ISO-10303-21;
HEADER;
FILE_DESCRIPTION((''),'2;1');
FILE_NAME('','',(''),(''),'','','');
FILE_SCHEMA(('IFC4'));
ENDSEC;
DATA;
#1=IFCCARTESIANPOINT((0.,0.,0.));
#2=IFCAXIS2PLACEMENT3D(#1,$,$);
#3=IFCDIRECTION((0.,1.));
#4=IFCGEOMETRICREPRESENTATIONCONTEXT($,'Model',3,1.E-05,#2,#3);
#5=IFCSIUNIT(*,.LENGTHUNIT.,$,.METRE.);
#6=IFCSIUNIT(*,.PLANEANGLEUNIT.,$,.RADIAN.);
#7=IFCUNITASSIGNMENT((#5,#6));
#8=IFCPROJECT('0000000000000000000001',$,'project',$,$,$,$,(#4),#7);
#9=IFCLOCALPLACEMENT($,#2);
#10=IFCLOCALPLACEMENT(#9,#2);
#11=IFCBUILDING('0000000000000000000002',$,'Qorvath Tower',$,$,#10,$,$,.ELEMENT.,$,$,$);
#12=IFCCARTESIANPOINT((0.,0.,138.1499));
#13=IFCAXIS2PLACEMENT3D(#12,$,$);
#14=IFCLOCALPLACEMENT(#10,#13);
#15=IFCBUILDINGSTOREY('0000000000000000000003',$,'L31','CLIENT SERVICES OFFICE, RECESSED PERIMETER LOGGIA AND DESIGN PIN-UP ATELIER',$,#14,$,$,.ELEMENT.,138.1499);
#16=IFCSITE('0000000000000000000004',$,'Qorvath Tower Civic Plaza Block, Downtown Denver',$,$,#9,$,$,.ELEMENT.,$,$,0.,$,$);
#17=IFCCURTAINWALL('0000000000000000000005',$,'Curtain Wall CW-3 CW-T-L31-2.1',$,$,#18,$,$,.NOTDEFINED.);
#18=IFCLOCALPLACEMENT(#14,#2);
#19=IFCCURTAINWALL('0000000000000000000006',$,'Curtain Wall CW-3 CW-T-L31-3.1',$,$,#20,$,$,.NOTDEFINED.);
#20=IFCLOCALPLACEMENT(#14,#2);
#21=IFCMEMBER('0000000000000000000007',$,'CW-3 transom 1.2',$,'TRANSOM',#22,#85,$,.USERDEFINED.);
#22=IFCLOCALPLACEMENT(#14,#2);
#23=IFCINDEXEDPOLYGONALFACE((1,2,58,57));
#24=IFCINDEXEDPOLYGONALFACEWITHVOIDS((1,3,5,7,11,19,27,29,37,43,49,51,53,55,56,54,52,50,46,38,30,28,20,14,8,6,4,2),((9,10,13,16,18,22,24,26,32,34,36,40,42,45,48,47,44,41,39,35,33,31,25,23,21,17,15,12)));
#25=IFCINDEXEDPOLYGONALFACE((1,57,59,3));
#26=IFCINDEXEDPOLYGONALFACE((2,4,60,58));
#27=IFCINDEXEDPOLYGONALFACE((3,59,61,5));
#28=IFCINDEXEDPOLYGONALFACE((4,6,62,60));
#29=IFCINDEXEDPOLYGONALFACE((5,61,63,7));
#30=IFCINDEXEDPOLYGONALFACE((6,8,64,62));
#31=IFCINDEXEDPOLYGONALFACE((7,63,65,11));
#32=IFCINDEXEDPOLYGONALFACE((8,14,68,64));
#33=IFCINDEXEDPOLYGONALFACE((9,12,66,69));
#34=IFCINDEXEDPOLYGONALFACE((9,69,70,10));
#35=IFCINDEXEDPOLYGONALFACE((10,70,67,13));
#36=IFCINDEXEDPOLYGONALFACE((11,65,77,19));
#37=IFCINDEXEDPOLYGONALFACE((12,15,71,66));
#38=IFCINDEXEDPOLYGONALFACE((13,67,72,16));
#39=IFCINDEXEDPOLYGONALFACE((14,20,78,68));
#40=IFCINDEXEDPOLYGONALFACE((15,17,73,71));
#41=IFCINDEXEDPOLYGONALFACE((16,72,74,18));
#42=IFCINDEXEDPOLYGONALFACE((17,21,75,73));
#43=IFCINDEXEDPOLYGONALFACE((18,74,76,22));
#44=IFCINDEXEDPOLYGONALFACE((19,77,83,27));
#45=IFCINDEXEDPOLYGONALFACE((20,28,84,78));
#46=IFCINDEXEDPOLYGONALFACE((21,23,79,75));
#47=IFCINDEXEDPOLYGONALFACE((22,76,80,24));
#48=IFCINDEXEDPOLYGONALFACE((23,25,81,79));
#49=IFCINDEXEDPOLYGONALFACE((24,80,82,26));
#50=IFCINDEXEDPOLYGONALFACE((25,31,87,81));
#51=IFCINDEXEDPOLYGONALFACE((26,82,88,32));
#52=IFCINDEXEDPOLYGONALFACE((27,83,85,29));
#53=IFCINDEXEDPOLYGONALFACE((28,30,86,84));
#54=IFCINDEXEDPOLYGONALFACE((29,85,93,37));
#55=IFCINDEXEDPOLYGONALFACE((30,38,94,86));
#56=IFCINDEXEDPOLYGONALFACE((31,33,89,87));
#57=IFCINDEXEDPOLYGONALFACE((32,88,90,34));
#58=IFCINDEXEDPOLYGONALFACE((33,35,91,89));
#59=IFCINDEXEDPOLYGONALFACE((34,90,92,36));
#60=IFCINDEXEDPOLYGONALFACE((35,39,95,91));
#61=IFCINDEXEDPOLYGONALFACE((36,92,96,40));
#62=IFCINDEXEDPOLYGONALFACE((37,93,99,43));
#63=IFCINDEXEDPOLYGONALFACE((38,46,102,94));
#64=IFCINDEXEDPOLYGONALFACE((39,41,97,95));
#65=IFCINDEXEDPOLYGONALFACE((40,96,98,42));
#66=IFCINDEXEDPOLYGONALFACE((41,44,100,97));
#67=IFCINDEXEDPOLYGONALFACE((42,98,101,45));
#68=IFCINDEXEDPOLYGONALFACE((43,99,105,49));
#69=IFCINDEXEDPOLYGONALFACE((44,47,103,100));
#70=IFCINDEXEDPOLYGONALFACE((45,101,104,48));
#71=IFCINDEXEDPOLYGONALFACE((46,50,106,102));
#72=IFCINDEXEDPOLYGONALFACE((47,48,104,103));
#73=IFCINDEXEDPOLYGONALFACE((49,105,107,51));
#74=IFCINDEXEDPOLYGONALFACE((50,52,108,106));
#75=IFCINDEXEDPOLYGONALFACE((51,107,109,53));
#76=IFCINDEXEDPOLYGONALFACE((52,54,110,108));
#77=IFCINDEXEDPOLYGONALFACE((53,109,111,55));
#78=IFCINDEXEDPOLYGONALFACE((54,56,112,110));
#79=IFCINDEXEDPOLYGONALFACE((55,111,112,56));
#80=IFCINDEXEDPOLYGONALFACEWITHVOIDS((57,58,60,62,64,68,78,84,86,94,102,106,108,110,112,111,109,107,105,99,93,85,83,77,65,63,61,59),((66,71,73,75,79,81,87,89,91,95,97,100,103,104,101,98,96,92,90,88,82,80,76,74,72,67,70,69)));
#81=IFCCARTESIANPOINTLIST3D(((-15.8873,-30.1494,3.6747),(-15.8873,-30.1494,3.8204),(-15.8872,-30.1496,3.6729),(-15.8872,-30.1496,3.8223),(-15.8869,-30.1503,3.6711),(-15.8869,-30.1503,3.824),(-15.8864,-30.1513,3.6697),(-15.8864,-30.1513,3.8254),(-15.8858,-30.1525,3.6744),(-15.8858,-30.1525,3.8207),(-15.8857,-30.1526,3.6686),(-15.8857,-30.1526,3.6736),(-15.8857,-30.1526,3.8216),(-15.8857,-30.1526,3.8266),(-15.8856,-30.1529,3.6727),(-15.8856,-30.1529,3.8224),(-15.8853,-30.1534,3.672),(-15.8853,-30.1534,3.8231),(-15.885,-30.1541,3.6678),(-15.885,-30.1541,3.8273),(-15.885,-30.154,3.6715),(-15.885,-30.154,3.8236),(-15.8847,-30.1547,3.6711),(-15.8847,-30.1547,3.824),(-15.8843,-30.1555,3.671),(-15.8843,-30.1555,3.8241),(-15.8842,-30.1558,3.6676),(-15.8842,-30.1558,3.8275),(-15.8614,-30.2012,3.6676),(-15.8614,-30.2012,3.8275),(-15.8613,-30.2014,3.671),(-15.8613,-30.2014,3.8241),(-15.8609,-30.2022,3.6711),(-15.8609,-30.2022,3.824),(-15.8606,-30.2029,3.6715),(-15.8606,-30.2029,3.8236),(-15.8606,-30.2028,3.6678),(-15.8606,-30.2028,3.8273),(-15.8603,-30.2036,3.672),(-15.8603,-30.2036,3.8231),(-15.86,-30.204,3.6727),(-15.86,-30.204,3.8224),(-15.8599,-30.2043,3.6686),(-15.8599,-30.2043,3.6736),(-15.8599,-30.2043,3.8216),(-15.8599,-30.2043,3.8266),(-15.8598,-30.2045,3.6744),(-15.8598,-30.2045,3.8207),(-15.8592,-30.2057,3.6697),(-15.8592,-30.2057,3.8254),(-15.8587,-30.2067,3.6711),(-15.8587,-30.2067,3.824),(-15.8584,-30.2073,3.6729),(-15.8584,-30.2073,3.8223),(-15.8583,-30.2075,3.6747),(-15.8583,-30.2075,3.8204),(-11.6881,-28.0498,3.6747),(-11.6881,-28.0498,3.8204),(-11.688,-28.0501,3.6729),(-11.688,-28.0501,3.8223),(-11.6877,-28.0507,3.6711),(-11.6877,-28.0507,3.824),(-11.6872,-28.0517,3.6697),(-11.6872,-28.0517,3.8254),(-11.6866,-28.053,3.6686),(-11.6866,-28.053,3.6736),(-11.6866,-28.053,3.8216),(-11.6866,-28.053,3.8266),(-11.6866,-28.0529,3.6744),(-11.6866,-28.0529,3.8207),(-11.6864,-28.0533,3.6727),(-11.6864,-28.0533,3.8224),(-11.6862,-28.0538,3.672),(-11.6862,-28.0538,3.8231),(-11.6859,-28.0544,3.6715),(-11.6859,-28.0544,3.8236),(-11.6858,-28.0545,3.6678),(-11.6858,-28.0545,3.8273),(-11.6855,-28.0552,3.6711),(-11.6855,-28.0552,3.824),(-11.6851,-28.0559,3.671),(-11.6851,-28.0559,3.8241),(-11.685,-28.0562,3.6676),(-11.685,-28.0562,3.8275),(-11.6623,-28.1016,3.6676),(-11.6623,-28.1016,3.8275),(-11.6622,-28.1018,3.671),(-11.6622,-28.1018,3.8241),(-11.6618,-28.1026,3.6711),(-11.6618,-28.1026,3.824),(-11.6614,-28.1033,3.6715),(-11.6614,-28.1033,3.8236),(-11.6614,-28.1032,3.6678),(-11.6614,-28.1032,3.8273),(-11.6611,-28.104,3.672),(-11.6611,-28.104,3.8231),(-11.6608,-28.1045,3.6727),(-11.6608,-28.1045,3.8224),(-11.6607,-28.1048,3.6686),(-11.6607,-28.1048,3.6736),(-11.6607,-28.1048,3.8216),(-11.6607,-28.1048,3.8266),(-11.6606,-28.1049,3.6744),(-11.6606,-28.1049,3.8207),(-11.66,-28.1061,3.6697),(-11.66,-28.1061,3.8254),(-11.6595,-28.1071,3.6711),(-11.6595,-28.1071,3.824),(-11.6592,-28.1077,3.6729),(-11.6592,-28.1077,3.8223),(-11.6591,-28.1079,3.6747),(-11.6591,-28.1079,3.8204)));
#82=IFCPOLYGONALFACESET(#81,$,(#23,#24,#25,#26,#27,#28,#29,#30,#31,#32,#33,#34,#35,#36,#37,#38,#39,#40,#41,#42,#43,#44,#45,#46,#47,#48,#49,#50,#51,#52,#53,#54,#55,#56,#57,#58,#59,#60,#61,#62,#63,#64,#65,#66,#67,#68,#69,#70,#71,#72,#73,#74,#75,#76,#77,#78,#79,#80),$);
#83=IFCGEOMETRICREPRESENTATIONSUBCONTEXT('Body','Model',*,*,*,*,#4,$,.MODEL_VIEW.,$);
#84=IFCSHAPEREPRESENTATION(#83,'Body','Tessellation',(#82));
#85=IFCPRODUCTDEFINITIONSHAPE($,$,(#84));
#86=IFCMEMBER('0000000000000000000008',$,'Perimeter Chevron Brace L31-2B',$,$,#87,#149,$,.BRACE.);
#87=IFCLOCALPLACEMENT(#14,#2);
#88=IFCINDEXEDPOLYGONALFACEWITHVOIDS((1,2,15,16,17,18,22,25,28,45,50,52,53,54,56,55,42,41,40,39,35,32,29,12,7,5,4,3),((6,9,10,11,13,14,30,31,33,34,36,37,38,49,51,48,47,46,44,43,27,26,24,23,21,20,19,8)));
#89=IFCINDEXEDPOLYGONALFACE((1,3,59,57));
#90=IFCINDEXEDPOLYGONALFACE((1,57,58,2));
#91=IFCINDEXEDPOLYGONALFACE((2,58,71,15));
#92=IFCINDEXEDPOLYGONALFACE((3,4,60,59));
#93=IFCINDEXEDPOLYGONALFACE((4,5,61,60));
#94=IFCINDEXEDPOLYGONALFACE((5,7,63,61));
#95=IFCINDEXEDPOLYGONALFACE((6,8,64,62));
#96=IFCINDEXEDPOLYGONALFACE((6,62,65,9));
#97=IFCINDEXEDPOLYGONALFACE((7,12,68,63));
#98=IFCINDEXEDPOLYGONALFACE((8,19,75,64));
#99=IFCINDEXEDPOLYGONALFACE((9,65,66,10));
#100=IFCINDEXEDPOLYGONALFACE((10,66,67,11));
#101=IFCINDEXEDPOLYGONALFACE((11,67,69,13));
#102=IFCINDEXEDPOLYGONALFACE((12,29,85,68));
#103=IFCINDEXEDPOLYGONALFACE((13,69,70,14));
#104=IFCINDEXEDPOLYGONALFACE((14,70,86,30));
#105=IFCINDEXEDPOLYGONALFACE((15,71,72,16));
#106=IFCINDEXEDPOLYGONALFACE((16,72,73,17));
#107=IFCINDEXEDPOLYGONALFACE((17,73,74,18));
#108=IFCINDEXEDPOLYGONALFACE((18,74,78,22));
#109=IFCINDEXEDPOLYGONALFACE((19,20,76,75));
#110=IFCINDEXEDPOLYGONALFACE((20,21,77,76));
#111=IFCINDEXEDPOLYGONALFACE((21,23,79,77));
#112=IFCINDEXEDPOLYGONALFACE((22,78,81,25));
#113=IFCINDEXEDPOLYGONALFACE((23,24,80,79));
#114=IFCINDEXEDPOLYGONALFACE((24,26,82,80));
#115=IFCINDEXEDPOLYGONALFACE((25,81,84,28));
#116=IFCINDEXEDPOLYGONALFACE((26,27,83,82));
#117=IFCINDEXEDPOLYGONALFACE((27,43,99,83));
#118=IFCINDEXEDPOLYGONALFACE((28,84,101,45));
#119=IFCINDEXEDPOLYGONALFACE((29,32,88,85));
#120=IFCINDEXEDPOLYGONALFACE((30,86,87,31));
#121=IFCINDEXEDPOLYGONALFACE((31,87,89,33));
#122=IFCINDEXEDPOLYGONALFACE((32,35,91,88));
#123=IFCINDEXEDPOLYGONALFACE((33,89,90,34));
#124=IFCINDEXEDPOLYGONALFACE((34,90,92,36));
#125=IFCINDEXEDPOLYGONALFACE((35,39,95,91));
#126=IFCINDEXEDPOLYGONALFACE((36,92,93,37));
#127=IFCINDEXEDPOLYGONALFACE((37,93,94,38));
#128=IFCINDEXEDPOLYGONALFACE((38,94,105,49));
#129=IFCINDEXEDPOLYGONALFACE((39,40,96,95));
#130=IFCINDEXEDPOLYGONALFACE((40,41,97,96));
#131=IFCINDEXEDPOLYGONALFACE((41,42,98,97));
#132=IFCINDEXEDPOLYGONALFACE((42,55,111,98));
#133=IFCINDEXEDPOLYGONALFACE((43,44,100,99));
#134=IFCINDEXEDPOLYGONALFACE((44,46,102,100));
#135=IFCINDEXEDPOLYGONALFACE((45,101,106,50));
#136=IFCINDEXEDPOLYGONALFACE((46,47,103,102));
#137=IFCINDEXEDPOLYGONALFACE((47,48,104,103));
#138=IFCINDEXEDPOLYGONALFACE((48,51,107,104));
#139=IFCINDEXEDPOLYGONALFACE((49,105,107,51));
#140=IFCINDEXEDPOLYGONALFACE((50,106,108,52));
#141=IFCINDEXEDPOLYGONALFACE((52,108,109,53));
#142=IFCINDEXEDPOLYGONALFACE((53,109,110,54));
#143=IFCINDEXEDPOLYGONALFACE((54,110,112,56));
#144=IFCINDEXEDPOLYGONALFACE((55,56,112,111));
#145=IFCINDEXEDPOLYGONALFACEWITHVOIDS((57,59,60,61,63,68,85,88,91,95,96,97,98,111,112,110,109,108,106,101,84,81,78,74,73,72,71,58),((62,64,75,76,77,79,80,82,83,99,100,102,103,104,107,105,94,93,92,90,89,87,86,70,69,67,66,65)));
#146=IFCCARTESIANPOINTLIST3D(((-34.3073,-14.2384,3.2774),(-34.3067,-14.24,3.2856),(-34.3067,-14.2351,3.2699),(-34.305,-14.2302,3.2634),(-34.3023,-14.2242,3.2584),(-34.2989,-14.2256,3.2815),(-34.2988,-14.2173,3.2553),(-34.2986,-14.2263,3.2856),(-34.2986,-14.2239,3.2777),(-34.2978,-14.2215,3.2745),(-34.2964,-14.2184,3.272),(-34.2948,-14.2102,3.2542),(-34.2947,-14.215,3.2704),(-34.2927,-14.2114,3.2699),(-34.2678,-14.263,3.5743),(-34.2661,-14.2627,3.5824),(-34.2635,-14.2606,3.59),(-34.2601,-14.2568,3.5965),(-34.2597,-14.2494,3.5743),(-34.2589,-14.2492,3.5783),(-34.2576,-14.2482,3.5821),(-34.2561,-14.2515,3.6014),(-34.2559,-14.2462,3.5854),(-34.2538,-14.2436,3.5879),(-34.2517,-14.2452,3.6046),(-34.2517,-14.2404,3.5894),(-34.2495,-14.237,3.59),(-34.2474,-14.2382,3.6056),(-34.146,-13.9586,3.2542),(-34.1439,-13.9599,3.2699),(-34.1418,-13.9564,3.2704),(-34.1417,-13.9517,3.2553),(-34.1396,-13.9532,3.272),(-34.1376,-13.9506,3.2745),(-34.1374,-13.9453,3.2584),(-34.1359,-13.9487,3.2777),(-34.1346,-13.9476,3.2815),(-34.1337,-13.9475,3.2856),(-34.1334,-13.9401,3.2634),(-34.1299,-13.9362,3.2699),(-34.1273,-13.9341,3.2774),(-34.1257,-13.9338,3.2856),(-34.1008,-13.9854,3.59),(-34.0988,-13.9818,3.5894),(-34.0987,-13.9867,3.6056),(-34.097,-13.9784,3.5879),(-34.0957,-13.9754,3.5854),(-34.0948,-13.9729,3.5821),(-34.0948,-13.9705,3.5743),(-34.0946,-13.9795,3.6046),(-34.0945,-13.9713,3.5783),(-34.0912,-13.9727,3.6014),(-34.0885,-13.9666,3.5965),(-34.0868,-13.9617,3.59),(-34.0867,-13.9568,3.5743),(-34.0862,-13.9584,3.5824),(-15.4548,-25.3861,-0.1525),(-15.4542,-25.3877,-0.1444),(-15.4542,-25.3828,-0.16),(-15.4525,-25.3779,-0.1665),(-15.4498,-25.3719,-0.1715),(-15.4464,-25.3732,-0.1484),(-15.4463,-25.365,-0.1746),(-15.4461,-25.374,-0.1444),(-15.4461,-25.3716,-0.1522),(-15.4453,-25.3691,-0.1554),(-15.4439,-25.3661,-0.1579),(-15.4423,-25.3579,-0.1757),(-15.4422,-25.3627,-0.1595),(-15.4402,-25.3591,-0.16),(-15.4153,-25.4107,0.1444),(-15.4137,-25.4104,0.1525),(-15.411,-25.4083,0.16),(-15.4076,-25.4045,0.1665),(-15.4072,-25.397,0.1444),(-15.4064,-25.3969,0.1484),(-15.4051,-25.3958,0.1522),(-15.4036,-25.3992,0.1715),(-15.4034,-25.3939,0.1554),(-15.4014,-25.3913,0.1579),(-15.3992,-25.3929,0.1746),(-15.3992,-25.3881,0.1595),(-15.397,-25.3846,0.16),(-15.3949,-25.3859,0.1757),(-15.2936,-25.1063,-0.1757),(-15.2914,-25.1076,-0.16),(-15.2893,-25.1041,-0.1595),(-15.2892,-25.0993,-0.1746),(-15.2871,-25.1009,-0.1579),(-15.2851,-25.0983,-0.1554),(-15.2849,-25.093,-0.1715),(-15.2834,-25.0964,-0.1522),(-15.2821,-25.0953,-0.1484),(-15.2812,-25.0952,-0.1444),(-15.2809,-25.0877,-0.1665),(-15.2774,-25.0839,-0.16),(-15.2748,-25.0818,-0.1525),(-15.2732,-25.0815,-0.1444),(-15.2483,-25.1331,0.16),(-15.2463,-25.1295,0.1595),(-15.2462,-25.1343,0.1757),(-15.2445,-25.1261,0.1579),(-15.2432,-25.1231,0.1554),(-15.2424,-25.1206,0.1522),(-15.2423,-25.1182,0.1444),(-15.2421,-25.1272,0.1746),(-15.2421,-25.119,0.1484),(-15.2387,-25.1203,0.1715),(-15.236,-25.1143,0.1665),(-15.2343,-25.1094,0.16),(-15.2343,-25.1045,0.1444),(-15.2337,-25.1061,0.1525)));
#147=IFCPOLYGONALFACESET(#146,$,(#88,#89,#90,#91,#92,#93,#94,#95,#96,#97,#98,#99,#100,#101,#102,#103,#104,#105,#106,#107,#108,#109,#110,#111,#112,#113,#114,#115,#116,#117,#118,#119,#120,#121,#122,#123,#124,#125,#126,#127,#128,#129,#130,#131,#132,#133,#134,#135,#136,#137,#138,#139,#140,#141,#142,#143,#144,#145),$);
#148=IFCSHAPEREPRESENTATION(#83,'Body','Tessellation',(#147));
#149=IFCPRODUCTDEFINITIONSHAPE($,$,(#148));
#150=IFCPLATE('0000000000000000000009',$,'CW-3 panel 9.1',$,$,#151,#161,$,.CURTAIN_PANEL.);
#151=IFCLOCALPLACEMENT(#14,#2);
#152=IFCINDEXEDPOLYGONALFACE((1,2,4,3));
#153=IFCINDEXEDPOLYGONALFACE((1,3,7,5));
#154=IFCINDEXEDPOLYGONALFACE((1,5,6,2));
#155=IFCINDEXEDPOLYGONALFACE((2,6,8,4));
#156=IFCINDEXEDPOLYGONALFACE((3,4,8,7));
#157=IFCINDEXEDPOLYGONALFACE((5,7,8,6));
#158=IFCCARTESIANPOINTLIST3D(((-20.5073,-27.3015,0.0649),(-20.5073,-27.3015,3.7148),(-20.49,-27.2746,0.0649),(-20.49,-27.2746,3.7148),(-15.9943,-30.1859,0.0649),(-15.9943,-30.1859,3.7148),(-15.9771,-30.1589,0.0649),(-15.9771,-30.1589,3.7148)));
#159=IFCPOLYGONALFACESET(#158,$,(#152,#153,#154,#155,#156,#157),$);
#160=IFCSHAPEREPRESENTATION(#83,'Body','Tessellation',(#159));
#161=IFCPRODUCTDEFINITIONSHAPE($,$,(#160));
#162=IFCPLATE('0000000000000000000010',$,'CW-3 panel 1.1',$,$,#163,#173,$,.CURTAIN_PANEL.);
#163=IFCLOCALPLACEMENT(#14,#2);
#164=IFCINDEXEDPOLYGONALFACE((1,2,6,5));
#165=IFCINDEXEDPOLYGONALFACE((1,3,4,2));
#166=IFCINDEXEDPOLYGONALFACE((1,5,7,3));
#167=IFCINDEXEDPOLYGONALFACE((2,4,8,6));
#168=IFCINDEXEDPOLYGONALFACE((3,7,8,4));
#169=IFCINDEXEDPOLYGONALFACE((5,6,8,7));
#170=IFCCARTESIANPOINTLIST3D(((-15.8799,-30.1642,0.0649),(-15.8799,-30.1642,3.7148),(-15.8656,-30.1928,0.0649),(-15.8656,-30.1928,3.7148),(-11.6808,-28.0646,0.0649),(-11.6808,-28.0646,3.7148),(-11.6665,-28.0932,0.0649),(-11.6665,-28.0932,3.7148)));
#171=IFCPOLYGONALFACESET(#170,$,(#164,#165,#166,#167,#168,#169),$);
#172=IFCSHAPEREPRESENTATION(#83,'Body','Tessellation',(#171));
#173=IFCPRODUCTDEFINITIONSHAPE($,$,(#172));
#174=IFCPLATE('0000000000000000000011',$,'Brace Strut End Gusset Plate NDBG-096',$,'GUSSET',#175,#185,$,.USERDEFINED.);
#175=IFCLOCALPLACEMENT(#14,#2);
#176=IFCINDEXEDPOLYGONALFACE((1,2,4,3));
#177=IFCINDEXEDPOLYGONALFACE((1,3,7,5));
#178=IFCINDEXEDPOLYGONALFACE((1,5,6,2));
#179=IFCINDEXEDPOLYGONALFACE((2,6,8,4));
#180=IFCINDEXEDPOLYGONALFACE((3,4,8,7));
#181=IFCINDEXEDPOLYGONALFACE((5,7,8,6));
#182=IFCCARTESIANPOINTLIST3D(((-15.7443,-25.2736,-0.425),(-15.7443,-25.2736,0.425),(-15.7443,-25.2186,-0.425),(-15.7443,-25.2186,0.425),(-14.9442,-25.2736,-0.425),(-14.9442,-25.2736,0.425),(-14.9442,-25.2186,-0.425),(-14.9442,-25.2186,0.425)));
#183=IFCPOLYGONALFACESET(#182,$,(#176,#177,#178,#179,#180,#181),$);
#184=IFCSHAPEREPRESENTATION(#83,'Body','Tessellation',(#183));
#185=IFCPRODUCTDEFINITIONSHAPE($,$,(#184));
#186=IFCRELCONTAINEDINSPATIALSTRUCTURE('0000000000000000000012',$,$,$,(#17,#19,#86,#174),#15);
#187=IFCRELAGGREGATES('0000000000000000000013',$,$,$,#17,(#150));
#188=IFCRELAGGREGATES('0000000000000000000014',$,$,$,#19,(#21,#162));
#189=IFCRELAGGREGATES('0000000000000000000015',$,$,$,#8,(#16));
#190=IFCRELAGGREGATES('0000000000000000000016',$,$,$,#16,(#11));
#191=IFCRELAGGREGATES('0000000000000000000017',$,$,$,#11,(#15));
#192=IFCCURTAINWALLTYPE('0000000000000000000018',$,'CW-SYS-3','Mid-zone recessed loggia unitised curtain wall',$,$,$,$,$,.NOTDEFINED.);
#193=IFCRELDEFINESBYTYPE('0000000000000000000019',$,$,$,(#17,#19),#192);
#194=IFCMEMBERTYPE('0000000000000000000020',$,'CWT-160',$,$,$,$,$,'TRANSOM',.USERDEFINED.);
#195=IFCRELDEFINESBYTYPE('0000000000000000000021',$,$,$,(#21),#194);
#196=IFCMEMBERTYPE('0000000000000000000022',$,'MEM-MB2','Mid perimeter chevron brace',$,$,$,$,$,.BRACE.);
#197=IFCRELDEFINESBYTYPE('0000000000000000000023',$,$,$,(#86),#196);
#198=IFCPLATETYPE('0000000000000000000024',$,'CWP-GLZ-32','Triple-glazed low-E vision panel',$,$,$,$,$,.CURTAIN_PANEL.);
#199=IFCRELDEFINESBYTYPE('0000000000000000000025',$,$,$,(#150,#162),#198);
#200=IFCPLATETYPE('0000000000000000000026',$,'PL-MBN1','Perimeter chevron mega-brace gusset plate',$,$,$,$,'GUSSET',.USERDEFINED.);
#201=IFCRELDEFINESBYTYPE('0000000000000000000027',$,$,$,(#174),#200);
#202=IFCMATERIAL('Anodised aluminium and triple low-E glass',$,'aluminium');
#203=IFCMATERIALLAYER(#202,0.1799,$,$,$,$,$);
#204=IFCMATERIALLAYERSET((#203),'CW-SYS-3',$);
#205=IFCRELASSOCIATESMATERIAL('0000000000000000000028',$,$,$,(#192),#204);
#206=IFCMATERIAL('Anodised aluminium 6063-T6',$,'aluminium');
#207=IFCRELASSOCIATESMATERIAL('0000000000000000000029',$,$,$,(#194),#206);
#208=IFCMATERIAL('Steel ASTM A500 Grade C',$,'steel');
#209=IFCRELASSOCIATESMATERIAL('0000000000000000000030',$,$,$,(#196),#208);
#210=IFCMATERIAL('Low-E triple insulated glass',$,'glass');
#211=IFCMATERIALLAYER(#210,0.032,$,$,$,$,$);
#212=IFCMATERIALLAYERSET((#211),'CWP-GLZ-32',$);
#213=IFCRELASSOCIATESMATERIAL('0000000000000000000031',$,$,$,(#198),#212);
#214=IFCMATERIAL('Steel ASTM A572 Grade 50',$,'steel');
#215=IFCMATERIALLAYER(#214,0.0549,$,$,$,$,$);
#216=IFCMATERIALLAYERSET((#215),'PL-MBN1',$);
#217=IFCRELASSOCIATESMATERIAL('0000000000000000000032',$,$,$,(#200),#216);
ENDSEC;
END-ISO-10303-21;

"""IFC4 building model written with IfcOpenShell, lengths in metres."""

from ifc_helpers import new_model, si_unit, direction, frame, origin, origin_2d, place, context, subcontext, project, spatial, rectangle, hollow_rectangle, extrude, material, layer, layer_set, material_profile, profile_set, type_object, element, aggregate, save


model = new_model("IFC4")

# Units and contexts
model_context = context("Model", 3, precision=1e-05, world=origin(), true_north=direction((0.0, 1.0)))
body_context = subcontext(model_context, "Body", "Model", "MODEL_VIEW")
ifc_project = project(units=[si_unit("LENGTHUNIT", "METRE"), si_unit("PLANEANGLEUNIT", "RADIAN")], contexts=[model_context])

# Site, building, storey
site_placement = place(None, origin())
site = spatial("IfcSite", under=ifc_project, at=site_placement, Name="Qorvath Tower Civic Plaza Block, Downtown Denver", CompositionType="ELEMENT", RefElevation=0.0)
building_placement = place(site_placement, origin())
building = spatial("IfcBuilding", under=site, at=building_placement, Name="Qorvath Tower", CompositionType="ELEMENT")
storey_placement = place(building_placement, frame((0.0, 0.0, 138.1499)))
storey = spatial("IfcBuildingStorey", under=building, at=storey_placement, Name="L31", Description="CLIENT SERVICES OFFICE, RECESSED PERIMETER LOGGIA AND DESIGN PIN-UP ATELIER", CompositionType="ELEMENT", Elevation=138.1499)

# Curtain wall
ifc_material_1 = material(Name="Anodised aluminium and triple low-E glass", Category="aluminium")
ifc_layer_1 = layer(ifc_material_1, 0.1799)
ifc_layer_set_1 = layer_set([ifc_layer_1], Name="CW-SYS-3")
curtain_wall_type = type_object("IfcCurtainWallType", Name="CW-SYS-3", Description="Mid-zone recessed loggia unitised curtain wall", PredefinedType="NOTDEFINED", material=ifc_layer_set_1)
curtain_wall_1_placement = place(storey_placement, origin())
curtain_wall_1 = element("IfcCurtainWall", 1, at=curtain_wall_1_placement, inside=storey, type_object=curtain_wall_type, Name="Curtain Wall CW-3 CW-T-L31-2.1", PredefinedType="NOTDEFINED")

# Curtain wall
curtain_wall_2_placement = place(storey_placement, origin())
curtain_wall_2 = element("IfcCurtainWall", 2, at=curtain_wall_2_placement, inside=storey, type_object=curtain_wall_type, Name="Curtain Wall CW-3 CW-T-L31-3.1", PredefinedType="NOTDEFINED")

# Members
ifc_material_2 = material(Name="Anodised aluminium 6063-T6", Category="aluminium")
ifc_material_profile_1 = material_profile(ifc_material_2, hollow_rectangle(XDim=0.0649, YDim=0.1599, WallThickness=0.0034, InnerFilletRadius=0.0034, OuterFilletRadius=0.0071, at=origin_2d()), Name="CWT 160x65")
ifc_profile_set_1 = profile_set([ifc_material_profile_1], Name="Anodised aluminium 6063-T6")
member_type_1 = type_object("IfcMemberType", Name="CWT-160", ElementType="TRANSOM", PredefinedType="USERDEFINED", material=ifc_profile_set_1)
member_1_placement = place(storey_placement, frame((-15.8728, -30.1785, 3.7476), z_axis=(0.894427, 0.447214, 0.0), x_axis=(-0.447214, 0.894427, 0.0)))
member_1 = element("IfcMember", 3, at=member_1_placement, type_object=member_type_1, Name="CW-3 transom 1.2", ObjectType="TRANSOM", PredefinedType="USERDEFINED", context=body_context, shape_type="SweptSolid", body=[
    extrude(hollow_rectangle(XDim=0.0649, YDim=0.1599, WallThickness=0.0034, InnerFilletRadius=0.0034, OuterFilletRadius=0.0071, at=origin_2d()), origin(), (0.0, 0.0, 1.0), 4.6948),
])
ifc_material_3 = material(Name="Steel ASTM A500 Grade C", Category="steel")
ifc_material_profile_2 = material_profile(ifc_material_3, hollow_rectangle(XDim=0.3557, YDim=0.3557, WallThickness=0.0159, InnerFilletRadius=0.0159, OuterFilletRadius=0.0317, at=origin_2d()), Name="HSS 356x356x16")
ifc_profile_set_2 = profile_set([ifc_material_profile_2], Name="Steel ASTM A500 Grade C")
member_type_2 = type_object("IfcMemberType", Name="MEM-MB2", Description="Mid perimeter chevron brace", PredefinedType="BRACE", material=ifc_profile_set_2)
member_2_placement = place(storey_placement, frame((-15.3442, -25.2461, 0.0), z_axis=(-0.85041, 0.502856, 0.154719), x_axis=(-0.508985, -0.860775, 0.0)))
element("IfcMember", 4, at=member_2_placement, inside=storey, type_object=member_type_2, Name="Perimeter Chevron Brace L31-2B", PredefinedType="BRACE", context=body_context, shape_type="SweptSolid", body=[
    extrude(hollow_rectangle(XDim=0.3557, YDim=0.3557, WallThickness=0.0159, InnerFilletRadius=0.0159, OuterFilletRadius=0.0317, at=origin_2d()), origin(), (0.0, 0.0, 1.0), 22.1687),
])

# Plates
ifc_material_4 = material(Name="Low-E triple insulated glass", Category="glass")
ifc_layer_2 = layer(ifc_material_4, 0.032)
ifc_layer_set_2 = layer_set([ifc_layer_2], Name="CWP-GLZ-32")
plate_type_1 = type_object("IfcPlateType", Name="CWP-GLZ-32", Description="Triple-glazed low-E vision panel", PredefinedType="CURTAIN_PANEL", material=ifc_layer_set_2)
plate_1_placement = place(storey_placement, frame((-18.2422, -28.7302, 0.0649), z_axis=(0.0, 0.0, 1.0), x_axis=(0.842604, -0.538534, 0.0)))
plate_1 = element("IfcPlate", 5, at=plate_1_placement, type_object=plate_type_1, Name="CW-3 panel 9.1", PredefinedType="CURTAIN_PANEL", context=body_context, shape_type="SweptSolid", body=[
    extrude(rectangle(XDim=5.356, YDim=0.032, at=origin_2d()), origin(), (0.0, 0.0, 1.0), 3.6499),
])
aggregate(curtain_wall_1, [plate_1])
plate_2_placement = place(storey_placement, frame((-13.7732, -29.1287, 0.0649), z_axis=(0.0, 0.0, 1.0), x_axis=(0.894427, 0.447214, 0.0)))
plate_2 = element("IfcPlate", 6, at=plate_2_placement, type_object=plate_type_1, Name="CW-3 panel 1.1", PredefinedType="CURTAIN_PANEL", context=body_context, shape_type="SweptSolid", body=[
    extrude(rectangle(XDim=4.6948, YDim=0.032, at=origin_2d()), origin(), (0.0, 0.0, 1.0), 3.6499),
])
aggregate(curtain_wall_2, [member_1, plate_2])
ifc_material_5 = material(Name="Steel ASTM A572 Grade 50", Category="steel")
ifc_layer_3 = layer(ifc_material_5, 0.0549)
ifc_layer_set_3 = layer_set([ifc_layer_3], Name="PL-MBN1")
plate_type_2 = type_object("IfcPlateType", Name="PL-MBN1", Description="Perimeter chevron mega-brace gusset plate", ElementType="GUSSET", PredefinedType="USERDEFINED", material=ifc_layer_set_3)
plate_3_placement = place(storey_placement, frame((-15.3442, -25.2461, -0.425), z_axis=(0.0, 0.0, 1.0), x_axis=(1.0, 0.0, 0.0)))
element("IfcPlate", 7, at=plate_3_placement, inside=storey, type_object=plate_type_2, Name="Brace Strut End Gusset Plate NDBG-096", ObjectType="GUSSET", PredefinedType="USERDEFINED", context=body_context, shape_type="SweptSolid", body=[
    extrude(rectangle(XDim=0.8, YDim=0.0549, at=origin_2d()), origin(), (0.0, 0.0, 1.0), 0.8501),
])

save(model, "model.ifc")
